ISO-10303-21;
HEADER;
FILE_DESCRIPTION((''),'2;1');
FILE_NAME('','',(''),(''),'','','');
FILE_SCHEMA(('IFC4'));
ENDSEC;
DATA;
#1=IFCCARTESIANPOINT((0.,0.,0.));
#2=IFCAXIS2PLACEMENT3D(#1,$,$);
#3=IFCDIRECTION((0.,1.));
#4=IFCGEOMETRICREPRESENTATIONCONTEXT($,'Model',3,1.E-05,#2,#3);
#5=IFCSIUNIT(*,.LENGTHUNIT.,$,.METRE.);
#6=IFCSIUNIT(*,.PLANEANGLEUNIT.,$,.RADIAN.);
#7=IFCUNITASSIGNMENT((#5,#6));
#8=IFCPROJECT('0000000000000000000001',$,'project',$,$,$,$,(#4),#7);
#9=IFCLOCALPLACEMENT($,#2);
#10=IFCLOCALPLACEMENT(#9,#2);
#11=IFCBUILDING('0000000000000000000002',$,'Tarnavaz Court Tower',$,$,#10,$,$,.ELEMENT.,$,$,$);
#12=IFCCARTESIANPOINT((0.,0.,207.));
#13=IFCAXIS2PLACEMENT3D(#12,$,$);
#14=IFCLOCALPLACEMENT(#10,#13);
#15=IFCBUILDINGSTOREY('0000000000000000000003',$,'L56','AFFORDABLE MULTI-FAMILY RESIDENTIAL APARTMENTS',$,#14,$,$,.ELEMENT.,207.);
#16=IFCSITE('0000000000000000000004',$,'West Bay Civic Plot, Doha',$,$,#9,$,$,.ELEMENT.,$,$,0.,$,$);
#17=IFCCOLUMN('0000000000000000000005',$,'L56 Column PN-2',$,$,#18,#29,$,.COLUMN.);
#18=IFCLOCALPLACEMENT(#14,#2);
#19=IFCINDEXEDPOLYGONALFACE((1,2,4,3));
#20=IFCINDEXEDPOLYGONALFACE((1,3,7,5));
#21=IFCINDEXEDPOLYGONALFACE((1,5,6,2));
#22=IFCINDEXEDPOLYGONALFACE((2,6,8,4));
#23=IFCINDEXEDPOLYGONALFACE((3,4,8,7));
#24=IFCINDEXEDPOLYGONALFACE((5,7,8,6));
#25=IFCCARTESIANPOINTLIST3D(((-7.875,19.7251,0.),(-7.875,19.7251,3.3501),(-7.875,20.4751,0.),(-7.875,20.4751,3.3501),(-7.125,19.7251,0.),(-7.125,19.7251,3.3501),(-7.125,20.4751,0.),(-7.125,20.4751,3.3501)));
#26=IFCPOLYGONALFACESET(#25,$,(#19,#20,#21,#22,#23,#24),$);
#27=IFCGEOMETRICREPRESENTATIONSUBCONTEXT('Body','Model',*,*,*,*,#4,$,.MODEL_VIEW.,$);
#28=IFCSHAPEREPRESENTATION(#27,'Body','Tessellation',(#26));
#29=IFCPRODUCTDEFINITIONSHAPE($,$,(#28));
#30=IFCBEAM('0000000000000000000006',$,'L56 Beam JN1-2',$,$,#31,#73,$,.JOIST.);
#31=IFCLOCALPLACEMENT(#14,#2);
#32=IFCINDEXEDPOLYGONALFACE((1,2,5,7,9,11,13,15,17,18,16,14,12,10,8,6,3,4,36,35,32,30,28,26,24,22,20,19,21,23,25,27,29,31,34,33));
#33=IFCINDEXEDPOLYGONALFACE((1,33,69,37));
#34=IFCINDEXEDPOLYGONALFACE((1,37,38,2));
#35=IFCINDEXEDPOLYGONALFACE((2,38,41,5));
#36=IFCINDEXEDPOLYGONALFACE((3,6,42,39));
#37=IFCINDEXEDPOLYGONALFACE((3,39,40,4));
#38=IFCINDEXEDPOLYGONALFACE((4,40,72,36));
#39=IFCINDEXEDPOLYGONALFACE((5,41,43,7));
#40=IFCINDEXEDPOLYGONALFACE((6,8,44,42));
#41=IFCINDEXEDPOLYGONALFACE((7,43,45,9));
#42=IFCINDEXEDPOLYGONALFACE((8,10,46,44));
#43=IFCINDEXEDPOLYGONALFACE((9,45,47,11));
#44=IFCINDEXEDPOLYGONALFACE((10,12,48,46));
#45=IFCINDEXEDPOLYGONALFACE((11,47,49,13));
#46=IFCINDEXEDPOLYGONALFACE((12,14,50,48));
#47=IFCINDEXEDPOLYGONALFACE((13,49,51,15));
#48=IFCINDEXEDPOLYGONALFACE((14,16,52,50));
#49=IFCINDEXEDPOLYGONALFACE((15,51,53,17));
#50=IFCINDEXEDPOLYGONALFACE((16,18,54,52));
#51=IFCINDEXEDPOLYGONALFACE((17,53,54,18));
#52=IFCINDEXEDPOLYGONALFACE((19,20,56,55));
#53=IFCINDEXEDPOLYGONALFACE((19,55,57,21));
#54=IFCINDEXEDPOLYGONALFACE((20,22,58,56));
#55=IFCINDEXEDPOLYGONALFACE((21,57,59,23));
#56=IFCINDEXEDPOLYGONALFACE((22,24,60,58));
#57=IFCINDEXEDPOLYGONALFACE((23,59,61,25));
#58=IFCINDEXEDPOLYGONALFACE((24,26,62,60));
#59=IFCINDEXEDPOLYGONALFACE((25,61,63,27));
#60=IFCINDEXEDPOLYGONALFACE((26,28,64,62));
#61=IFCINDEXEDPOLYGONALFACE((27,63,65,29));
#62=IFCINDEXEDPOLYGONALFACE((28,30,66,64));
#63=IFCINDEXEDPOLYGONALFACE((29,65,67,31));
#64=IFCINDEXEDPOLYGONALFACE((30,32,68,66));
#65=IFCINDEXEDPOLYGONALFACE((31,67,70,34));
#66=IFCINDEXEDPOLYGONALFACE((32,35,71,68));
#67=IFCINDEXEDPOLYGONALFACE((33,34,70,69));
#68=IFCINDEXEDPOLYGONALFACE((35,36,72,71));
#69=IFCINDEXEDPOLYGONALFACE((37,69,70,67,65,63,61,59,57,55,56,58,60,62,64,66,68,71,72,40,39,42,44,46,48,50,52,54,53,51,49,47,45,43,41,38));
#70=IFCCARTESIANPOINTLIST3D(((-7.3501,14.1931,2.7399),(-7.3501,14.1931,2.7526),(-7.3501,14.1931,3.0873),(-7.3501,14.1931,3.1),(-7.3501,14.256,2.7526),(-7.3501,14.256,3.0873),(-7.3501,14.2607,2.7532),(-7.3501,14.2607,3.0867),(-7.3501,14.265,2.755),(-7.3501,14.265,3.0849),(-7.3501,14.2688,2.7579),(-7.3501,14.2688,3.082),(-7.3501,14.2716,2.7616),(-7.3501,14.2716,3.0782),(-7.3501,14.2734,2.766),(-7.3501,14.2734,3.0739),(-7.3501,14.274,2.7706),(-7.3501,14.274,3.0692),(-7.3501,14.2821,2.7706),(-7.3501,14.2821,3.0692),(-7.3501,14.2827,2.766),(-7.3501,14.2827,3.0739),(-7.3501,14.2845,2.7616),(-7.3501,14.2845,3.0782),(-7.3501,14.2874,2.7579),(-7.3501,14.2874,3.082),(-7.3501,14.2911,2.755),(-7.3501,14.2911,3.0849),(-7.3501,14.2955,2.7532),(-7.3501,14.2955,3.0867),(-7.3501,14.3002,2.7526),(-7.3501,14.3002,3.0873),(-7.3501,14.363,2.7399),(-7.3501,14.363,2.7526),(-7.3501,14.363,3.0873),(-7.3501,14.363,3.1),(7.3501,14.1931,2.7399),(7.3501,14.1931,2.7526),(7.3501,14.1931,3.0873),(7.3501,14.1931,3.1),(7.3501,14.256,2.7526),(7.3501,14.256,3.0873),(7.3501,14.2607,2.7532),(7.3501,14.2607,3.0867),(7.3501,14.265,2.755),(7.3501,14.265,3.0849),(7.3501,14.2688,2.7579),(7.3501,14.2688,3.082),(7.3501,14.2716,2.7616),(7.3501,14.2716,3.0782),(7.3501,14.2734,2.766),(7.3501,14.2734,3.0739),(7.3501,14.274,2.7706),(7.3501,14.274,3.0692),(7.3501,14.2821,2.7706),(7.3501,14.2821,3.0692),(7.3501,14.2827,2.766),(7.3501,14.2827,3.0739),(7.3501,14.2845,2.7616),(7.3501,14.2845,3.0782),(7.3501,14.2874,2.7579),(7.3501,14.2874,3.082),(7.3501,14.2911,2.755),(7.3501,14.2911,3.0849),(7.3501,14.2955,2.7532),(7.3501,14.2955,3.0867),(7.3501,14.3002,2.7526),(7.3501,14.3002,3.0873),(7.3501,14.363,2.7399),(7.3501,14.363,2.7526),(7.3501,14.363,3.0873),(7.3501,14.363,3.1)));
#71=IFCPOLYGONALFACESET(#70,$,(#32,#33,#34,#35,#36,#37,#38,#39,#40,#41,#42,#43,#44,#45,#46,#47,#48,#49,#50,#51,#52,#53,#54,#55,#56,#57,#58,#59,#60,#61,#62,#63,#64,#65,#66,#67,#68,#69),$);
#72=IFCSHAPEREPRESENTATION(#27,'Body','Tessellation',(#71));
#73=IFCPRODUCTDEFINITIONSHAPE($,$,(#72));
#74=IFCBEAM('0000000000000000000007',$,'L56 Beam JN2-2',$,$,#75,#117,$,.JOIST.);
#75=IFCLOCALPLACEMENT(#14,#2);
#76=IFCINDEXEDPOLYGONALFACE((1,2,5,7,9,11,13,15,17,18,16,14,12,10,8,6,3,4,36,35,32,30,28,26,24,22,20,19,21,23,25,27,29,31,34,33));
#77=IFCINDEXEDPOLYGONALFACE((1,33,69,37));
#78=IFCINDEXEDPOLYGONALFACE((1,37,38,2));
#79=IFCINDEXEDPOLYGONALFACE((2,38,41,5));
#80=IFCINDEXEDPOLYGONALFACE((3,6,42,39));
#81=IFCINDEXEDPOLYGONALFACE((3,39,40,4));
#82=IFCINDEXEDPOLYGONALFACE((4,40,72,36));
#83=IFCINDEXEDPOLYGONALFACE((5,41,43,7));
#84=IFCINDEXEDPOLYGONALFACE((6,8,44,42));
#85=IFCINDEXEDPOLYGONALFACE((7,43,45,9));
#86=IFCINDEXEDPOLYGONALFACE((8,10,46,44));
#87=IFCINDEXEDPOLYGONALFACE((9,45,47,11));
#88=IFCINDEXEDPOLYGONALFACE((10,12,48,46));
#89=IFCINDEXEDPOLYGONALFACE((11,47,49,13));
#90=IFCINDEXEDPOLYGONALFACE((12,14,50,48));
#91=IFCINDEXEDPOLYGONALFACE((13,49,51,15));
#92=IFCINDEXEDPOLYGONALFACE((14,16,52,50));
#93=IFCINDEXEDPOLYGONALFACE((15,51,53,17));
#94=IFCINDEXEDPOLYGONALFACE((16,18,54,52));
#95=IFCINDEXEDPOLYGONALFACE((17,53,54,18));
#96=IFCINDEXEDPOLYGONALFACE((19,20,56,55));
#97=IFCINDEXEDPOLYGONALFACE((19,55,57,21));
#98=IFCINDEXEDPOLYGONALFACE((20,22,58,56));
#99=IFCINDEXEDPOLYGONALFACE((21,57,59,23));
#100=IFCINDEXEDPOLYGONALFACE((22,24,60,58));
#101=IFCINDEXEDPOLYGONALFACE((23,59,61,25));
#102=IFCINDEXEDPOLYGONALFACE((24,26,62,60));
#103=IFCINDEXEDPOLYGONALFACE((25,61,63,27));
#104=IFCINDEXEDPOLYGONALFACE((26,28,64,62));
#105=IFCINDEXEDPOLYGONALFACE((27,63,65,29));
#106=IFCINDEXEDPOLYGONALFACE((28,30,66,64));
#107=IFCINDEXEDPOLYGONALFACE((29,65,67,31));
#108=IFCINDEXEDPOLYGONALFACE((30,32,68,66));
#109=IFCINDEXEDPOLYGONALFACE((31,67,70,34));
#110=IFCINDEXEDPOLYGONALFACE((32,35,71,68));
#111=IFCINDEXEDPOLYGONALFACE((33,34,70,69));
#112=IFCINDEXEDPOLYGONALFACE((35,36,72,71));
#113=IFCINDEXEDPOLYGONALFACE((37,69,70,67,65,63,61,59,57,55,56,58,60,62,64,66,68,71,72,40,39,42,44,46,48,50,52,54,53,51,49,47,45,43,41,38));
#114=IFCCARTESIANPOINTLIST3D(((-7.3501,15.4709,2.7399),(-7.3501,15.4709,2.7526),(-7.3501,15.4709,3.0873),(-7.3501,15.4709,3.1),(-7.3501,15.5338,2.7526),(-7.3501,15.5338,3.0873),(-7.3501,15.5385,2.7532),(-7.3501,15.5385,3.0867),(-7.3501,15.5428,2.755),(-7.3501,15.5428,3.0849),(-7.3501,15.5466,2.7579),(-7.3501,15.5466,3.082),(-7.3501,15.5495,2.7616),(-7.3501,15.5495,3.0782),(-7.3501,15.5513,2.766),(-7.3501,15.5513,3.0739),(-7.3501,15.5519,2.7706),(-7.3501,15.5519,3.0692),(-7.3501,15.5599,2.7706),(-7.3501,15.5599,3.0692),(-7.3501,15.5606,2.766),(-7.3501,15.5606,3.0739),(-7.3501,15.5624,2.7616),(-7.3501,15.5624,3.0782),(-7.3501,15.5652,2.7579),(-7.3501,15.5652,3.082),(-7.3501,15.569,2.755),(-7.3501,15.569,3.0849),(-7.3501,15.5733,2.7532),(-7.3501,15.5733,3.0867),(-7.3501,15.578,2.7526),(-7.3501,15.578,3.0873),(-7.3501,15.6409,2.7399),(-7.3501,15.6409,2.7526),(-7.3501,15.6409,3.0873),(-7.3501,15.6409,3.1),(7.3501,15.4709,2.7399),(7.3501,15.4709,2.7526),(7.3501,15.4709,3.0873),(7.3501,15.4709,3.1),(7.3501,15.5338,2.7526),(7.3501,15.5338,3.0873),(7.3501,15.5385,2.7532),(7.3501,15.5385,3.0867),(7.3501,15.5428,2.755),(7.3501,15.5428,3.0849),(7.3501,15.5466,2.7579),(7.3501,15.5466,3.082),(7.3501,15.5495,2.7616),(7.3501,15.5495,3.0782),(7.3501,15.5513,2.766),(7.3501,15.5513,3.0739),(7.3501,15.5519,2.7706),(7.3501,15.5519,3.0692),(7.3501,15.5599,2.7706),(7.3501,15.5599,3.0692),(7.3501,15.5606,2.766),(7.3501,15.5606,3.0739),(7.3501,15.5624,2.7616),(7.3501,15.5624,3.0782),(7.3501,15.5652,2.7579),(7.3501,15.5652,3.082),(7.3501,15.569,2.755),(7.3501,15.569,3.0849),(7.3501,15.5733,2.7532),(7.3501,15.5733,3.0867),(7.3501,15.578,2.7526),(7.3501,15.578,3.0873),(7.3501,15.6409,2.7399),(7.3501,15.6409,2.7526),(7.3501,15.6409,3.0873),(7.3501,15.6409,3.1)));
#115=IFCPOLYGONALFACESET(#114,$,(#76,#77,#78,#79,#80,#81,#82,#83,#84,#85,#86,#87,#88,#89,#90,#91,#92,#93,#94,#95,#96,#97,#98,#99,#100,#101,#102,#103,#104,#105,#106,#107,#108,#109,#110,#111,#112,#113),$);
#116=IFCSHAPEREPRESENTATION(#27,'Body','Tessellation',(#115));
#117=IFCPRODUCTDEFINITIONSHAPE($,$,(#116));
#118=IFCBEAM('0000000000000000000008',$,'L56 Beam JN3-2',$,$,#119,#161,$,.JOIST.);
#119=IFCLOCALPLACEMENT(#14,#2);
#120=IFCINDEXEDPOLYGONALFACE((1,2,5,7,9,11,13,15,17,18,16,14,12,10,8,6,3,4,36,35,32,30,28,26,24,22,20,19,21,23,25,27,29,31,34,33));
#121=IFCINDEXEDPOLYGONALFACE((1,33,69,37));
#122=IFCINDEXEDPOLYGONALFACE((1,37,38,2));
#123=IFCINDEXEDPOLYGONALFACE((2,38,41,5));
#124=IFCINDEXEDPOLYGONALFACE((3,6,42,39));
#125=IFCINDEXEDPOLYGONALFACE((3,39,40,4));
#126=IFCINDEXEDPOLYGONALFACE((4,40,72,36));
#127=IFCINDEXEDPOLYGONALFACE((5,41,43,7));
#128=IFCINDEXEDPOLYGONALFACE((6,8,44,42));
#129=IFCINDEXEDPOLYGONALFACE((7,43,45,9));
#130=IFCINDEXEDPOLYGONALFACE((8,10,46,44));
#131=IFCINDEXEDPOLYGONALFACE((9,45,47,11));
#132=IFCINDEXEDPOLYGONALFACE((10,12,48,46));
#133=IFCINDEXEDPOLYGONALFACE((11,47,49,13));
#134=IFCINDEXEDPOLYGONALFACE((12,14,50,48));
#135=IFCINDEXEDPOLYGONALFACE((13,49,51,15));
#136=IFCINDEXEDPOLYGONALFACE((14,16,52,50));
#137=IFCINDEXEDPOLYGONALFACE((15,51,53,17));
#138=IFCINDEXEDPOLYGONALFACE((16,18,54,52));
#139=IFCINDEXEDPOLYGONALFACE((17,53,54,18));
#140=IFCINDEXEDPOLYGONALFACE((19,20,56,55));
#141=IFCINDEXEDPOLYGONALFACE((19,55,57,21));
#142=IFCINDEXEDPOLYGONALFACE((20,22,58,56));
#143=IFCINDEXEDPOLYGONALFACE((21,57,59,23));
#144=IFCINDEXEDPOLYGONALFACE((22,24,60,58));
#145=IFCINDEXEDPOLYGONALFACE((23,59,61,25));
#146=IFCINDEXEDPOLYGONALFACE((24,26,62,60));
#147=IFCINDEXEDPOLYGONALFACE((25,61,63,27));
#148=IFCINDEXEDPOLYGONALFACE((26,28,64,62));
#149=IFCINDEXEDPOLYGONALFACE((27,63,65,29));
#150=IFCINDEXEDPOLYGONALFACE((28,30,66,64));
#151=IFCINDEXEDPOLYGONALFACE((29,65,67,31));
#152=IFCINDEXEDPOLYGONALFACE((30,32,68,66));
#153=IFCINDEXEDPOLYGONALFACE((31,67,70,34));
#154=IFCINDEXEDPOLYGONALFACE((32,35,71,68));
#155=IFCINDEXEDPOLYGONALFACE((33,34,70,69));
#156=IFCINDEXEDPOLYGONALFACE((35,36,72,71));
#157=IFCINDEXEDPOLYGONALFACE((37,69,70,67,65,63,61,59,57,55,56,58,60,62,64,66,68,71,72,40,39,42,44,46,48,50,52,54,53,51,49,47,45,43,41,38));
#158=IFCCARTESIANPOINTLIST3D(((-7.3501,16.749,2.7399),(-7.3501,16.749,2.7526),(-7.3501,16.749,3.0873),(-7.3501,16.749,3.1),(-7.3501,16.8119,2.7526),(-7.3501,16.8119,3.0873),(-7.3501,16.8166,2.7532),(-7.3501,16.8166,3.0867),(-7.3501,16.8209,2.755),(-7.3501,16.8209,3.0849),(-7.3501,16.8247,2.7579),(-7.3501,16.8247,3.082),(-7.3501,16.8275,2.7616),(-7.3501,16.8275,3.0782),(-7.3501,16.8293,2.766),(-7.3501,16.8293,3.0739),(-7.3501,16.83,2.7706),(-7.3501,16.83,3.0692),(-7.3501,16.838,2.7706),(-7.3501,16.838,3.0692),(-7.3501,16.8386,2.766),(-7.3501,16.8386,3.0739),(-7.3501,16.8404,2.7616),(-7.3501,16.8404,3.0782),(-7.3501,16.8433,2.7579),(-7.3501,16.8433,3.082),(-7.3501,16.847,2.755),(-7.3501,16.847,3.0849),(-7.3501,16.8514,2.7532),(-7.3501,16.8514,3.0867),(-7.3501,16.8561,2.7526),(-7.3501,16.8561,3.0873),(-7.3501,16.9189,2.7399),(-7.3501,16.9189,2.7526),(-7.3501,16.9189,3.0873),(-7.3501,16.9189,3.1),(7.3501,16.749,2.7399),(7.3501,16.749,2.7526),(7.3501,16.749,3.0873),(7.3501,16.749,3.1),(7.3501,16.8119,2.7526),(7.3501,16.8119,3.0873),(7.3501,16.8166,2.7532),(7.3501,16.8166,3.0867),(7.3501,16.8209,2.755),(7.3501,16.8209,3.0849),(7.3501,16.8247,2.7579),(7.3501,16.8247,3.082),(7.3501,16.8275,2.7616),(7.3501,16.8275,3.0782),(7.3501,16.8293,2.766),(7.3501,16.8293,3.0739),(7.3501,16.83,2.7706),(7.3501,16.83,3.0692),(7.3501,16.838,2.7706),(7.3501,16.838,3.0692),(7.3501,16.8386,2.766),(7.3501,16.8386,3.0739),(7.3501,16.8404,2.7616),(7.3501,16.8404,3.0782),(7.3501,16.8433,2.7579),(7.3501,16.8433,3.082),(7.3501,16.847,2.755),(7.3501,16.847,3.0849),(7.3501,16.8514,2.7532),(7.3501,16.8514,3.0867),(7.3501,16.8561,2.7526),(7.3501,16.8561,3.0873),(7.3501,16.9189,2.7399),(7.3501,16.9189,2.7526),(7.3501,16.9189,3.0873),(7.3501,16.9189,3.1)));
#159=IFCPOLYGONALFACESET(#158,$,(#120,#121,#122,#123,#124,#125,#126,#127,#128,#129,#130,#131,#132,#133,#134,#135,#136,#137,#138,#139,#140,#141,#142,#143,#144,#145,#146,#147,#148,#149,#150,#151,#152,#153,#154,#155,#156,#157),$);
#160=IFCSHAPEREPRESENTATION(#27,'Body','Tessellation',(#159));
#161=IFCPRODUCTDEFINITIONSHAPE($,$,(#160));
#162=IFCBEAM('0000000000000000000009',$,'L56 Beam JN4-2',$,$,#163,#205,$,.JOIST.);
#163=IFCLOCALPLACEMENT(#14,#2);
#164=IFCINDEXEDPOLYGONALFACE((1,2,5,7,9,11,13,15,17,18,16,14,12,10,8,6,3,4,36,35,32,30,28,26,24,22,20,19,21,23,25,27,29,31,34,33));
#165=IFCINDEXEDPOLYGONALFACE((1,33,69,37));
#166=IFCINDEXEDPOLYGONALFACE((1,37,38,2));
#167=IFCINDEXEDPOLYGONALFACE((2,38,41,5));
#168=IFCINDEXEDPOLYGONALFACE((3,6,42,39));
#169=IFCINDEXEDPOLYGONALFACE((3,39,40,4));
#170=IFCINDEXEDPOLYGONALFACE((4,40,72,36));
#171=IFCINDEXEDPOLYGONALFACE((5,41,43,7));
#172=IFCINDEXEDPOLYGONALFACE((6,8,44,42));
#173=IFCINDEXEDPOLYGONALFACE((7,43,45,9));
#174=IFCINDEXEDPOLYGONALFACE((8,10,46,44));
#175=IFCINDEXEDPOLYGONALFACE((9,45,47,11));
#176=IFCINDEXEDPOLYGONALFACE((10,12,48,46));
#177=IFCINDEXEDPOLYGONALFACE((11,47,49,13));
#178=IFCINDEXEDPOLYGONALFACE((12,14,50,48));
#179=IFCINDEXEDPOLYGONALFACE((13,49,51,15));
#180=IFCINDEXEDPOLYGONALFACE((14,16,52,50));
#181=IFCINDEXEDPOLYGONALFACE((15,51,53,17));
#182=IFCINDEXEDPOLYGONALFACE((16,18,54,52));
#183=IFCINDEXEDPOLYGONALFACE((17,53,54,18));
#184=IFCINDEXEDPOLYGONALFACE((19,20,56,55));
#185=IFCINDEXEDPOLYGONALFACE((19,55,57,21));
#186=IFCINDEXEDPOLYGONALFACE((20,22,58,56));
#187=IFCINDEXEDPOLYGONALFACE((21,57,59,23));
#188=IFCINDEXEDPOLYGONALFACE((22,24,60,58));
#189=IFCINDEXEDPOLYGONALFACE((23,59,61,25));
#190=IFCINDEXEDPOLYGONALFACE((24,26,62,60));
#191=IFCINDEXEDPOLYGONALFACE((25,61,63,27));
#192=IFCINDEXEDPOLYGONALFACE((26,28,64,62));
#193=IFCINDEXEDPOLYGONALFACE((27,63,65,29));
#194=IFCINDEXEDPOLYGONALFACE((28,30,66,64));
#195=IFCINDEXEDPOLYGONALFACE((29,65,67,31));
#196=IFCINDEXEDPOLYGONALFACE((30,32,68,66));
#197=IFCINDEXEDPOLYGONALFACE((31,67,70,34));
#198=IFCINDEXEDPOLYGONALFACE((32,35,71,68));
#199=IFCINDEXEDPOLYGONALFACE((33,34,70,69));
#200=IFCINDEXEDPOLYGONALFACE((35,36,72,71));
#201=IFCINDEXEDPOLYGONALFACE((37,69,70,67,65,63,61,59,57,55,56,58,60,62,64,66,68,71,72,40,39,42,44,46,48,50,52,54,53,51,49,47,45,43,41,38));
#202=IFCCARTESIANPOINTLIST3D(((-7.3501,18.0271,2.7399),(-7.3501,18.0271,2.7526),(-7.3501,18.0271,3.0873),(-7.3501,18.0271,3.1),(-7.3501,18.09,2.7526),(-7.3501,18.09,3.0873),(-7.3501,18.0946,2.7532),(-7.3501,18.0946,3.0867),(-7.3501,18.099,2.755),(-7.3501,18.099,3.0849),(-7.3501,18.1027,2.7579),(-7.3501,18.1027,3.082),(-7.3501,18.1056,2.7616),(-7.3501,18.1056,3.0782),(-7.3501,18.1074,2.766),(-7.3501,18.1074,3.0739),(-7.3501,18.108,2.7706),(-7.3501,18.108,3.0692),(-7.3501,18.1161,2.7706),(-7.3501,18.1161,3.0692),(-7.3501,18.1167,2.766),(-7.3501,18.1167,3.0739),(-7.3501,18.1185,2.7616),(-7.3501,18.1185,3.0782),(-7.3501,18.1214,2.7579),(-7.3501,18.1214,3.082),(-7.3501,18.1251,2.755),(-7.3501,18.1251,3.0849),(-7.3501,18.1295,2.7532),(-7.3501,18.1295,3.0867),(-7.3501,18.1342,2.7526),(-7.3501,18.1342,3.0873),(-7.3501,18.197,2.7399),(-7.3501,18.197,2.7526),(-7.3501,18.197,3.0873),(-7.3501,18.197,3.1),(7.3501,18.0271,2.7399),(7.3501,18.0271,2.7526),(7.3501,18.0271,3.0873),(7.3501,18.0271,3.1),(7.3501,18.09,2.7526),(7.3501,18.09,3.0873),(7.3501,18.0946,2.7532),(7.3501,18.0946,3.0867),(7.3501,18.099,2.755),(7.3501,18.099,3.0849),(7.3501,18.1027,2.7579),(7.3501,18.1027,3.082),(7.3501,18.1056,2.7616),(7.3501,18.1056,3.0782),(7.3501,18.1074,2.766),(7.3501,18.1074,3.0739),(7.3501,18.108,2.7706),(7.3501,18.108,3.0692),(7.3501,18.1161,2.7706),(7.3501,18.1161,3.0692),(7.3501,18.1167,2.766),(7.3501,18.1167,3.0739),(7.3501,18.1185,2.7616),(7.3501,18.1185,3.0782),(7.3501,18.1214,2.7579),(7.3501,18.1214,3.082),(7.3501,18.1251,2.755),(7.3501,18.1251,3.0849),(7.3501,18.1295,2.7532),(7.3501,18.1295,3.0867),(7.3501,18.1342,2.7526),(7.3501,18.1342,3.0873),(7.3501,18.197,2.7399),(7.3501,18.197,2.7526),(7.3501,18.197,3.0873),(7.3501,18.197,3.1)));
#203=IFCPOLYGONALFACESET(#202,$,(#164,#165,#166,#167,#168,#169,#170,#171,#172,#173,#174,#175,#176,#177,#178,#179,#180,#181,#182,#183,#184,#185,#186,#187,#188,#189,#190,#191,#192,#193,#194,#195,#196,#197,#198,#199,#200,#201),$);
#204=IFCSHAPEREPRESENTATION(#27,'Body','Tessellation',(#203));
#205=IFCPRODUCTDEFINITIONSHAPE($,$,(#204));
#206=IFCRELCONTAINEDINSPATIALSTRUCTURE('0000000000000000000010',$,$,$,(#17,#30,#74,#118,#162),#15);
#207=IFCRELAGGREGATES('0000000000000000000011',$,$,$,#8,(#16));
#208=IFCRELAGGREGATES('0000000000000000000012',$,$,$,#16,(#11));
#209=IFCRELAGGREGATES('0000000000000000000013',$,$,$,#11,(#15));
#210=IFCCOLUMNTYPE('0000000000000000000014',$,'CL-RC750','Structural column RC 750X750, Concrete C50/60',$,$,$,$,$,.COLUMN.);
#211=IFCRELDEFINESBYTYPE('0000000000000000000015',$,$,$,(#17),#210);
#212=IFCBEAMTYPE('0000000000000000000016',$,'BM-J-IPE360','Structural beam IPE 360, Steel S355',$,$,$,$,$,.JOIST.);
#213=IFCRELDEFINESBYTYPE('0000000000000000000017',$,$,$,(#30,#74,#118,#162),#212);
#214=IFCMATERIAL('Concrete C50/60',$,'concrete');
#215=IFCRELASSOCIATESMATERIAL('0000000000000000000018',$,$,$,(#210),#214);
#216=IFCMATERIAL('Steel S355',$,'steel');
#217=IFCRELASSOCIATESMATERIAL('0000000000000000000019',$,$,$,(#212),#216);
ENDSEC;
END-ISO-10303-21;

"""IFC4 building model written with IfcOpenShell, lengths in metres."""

from ifc_helpers import new_model, si_unit, direction, frame, origin, origin_2d, place, context, subcontext, project, spatial, rectangle, i_section, extrude, material, material_profile, profile_set, type_object, element, save


model = new_model("IFC4")

# Units and contexts
model_context = context("Model", 3, precision=1e-05, world=origin(), true_north=direction((0.0, 1.0)))
body_context = subcontext(model_context, "Body", "Model", "MODEL_VIEW")
ifc_project = project(units=[si_unit("LENGTHUNIT", "METRE"), si_unit("PLANEANGLEUNIT", "RADIAN")], contexts=[model_context])

# Site, building, storey
site_placement = place(None, origin())
site = spatial("IfcSite", under=ifc_project, at=site_placement, Name="West Bay Civic Plot, Doha", CompositionType="ELEMENT", RefElevation=0.0)
building_placement = place(site_placement, origin())
building = spatial("IfcBuilding", under=site, at=building_placement, Name="Tarnavaz Court Tower", CompositionType="ELEMENT")
storey_placement = place(building_placement, frame((0.0, 0.0, 207.0)))
storey = spatial("IfcBuildingStorey", under=building, at=storey_placement, Name="L56", Description="AFFORDABLE MULTI-FAMILY RESIDENTIAL APARTMENTS", CompositionType="ELEMENT", Elevation=207.0)

# Column
ifc_material_1 = material(Name="Concrete C50/60", Category="concrete")
ifc_material_profile_1 = material_profile(ifc_material_1, rectangle(XDim=0.75, YDim=0.75, at=origin_2d()), Name="RC 750X750")
ifc_profile_set_1 = profile_set([ifc_material_profile_1], Name="Concrete C50/60")
column_type = type_object("IfcColumnType", Name="CL-RC750", Description="Structural column RC 750X750, Concrete C50/60", PredefinedType="COLUMN", material=ifc_profile_set_1)
column_placement = place(storey_placement, frame((-7.5, 20.1001, 0.0), z_axis=(0.0, 0.0, 1.0), x_axis=(1.0, 0.0, 0.0)))
element("IfcColumn", 1, at=column_placement, inside=storey, type_object=column_type, Name="L56 Column PN-2", PredefinedType="COLUMN", context=body_context, shape_type="SweptSolid", body=[
    extrude(rectangle(XDim=0.75, YDim=0.75, at=origin_2d()), origin(), (0.0, 0.0, 1.0), 3.3501),
])

# Beams
ifc_material_2 = material(Name="Steel S355", Category="steel")
ifc_material_profile_2 = material_profile(ifc_material_2, i_section(OverallWidth=0.1699, OverallDepth=0.3601, WebThickness=0.0081, FlangeThickness=0.0127, FilletRadius=0.0181, at=origin_2d()), Name="IPE 360")
ifc_profile_set_2 = profile_set([ifc_material_profile_2], Name="Steel S355")
beam_type_1 = type_object("IfcBeamType", Name="BM-J-IPE360", Description="Structural beam IPE 360, Steel S355", PredefinedType="JOIST", material=ifc_profile_set_2)
for number, where, z_axis, x_axis, name in (
    (2, (-7.3501, 14.2781, 2.9199), (1.0, 0.0, 0.0), (0.0, 1.0, 0.0), "L56 Beam JN1-2"),
    (3, (-7.3501, 15.5559, 2.9199), (1.0, 0.0, 0.0), (0.0, 1.0, 0.0), "L56 Beam JN2-2"),
    (4, (-7.3501, 16.834, 2.9199), (1.0, 0.0, 0.0), (0.0, 1.0, 0.0), "L56 Beam JN3-2"),
    (5, (-7.3501, 18.1121, 2.9199), (1.0, 0.0, 0.0), (0.0, 1.0, 0.0), "L56 Beam JN4-2"),
):
    element("IfcBeam", number, at=place(storey_placement, frame(where, z_axis=z_axis, x_axis=x_axis)), inside=storey, type_object=beam_type_1, Name=name, PredefinedType="JOIST", context=body_context, shape_type="SweptSolid", body=[
        extrude(i_section(OverallWidth=0.1699, OverallDepth=0.3601, WebThickness=0.0081, FlangeThickness=0.0127, FilletRadius=0.0181, at=origin_2d()), origin(), (0.0, 0.0, 1.0), 14.7002),
    ])

save(model, "model.ifc")
